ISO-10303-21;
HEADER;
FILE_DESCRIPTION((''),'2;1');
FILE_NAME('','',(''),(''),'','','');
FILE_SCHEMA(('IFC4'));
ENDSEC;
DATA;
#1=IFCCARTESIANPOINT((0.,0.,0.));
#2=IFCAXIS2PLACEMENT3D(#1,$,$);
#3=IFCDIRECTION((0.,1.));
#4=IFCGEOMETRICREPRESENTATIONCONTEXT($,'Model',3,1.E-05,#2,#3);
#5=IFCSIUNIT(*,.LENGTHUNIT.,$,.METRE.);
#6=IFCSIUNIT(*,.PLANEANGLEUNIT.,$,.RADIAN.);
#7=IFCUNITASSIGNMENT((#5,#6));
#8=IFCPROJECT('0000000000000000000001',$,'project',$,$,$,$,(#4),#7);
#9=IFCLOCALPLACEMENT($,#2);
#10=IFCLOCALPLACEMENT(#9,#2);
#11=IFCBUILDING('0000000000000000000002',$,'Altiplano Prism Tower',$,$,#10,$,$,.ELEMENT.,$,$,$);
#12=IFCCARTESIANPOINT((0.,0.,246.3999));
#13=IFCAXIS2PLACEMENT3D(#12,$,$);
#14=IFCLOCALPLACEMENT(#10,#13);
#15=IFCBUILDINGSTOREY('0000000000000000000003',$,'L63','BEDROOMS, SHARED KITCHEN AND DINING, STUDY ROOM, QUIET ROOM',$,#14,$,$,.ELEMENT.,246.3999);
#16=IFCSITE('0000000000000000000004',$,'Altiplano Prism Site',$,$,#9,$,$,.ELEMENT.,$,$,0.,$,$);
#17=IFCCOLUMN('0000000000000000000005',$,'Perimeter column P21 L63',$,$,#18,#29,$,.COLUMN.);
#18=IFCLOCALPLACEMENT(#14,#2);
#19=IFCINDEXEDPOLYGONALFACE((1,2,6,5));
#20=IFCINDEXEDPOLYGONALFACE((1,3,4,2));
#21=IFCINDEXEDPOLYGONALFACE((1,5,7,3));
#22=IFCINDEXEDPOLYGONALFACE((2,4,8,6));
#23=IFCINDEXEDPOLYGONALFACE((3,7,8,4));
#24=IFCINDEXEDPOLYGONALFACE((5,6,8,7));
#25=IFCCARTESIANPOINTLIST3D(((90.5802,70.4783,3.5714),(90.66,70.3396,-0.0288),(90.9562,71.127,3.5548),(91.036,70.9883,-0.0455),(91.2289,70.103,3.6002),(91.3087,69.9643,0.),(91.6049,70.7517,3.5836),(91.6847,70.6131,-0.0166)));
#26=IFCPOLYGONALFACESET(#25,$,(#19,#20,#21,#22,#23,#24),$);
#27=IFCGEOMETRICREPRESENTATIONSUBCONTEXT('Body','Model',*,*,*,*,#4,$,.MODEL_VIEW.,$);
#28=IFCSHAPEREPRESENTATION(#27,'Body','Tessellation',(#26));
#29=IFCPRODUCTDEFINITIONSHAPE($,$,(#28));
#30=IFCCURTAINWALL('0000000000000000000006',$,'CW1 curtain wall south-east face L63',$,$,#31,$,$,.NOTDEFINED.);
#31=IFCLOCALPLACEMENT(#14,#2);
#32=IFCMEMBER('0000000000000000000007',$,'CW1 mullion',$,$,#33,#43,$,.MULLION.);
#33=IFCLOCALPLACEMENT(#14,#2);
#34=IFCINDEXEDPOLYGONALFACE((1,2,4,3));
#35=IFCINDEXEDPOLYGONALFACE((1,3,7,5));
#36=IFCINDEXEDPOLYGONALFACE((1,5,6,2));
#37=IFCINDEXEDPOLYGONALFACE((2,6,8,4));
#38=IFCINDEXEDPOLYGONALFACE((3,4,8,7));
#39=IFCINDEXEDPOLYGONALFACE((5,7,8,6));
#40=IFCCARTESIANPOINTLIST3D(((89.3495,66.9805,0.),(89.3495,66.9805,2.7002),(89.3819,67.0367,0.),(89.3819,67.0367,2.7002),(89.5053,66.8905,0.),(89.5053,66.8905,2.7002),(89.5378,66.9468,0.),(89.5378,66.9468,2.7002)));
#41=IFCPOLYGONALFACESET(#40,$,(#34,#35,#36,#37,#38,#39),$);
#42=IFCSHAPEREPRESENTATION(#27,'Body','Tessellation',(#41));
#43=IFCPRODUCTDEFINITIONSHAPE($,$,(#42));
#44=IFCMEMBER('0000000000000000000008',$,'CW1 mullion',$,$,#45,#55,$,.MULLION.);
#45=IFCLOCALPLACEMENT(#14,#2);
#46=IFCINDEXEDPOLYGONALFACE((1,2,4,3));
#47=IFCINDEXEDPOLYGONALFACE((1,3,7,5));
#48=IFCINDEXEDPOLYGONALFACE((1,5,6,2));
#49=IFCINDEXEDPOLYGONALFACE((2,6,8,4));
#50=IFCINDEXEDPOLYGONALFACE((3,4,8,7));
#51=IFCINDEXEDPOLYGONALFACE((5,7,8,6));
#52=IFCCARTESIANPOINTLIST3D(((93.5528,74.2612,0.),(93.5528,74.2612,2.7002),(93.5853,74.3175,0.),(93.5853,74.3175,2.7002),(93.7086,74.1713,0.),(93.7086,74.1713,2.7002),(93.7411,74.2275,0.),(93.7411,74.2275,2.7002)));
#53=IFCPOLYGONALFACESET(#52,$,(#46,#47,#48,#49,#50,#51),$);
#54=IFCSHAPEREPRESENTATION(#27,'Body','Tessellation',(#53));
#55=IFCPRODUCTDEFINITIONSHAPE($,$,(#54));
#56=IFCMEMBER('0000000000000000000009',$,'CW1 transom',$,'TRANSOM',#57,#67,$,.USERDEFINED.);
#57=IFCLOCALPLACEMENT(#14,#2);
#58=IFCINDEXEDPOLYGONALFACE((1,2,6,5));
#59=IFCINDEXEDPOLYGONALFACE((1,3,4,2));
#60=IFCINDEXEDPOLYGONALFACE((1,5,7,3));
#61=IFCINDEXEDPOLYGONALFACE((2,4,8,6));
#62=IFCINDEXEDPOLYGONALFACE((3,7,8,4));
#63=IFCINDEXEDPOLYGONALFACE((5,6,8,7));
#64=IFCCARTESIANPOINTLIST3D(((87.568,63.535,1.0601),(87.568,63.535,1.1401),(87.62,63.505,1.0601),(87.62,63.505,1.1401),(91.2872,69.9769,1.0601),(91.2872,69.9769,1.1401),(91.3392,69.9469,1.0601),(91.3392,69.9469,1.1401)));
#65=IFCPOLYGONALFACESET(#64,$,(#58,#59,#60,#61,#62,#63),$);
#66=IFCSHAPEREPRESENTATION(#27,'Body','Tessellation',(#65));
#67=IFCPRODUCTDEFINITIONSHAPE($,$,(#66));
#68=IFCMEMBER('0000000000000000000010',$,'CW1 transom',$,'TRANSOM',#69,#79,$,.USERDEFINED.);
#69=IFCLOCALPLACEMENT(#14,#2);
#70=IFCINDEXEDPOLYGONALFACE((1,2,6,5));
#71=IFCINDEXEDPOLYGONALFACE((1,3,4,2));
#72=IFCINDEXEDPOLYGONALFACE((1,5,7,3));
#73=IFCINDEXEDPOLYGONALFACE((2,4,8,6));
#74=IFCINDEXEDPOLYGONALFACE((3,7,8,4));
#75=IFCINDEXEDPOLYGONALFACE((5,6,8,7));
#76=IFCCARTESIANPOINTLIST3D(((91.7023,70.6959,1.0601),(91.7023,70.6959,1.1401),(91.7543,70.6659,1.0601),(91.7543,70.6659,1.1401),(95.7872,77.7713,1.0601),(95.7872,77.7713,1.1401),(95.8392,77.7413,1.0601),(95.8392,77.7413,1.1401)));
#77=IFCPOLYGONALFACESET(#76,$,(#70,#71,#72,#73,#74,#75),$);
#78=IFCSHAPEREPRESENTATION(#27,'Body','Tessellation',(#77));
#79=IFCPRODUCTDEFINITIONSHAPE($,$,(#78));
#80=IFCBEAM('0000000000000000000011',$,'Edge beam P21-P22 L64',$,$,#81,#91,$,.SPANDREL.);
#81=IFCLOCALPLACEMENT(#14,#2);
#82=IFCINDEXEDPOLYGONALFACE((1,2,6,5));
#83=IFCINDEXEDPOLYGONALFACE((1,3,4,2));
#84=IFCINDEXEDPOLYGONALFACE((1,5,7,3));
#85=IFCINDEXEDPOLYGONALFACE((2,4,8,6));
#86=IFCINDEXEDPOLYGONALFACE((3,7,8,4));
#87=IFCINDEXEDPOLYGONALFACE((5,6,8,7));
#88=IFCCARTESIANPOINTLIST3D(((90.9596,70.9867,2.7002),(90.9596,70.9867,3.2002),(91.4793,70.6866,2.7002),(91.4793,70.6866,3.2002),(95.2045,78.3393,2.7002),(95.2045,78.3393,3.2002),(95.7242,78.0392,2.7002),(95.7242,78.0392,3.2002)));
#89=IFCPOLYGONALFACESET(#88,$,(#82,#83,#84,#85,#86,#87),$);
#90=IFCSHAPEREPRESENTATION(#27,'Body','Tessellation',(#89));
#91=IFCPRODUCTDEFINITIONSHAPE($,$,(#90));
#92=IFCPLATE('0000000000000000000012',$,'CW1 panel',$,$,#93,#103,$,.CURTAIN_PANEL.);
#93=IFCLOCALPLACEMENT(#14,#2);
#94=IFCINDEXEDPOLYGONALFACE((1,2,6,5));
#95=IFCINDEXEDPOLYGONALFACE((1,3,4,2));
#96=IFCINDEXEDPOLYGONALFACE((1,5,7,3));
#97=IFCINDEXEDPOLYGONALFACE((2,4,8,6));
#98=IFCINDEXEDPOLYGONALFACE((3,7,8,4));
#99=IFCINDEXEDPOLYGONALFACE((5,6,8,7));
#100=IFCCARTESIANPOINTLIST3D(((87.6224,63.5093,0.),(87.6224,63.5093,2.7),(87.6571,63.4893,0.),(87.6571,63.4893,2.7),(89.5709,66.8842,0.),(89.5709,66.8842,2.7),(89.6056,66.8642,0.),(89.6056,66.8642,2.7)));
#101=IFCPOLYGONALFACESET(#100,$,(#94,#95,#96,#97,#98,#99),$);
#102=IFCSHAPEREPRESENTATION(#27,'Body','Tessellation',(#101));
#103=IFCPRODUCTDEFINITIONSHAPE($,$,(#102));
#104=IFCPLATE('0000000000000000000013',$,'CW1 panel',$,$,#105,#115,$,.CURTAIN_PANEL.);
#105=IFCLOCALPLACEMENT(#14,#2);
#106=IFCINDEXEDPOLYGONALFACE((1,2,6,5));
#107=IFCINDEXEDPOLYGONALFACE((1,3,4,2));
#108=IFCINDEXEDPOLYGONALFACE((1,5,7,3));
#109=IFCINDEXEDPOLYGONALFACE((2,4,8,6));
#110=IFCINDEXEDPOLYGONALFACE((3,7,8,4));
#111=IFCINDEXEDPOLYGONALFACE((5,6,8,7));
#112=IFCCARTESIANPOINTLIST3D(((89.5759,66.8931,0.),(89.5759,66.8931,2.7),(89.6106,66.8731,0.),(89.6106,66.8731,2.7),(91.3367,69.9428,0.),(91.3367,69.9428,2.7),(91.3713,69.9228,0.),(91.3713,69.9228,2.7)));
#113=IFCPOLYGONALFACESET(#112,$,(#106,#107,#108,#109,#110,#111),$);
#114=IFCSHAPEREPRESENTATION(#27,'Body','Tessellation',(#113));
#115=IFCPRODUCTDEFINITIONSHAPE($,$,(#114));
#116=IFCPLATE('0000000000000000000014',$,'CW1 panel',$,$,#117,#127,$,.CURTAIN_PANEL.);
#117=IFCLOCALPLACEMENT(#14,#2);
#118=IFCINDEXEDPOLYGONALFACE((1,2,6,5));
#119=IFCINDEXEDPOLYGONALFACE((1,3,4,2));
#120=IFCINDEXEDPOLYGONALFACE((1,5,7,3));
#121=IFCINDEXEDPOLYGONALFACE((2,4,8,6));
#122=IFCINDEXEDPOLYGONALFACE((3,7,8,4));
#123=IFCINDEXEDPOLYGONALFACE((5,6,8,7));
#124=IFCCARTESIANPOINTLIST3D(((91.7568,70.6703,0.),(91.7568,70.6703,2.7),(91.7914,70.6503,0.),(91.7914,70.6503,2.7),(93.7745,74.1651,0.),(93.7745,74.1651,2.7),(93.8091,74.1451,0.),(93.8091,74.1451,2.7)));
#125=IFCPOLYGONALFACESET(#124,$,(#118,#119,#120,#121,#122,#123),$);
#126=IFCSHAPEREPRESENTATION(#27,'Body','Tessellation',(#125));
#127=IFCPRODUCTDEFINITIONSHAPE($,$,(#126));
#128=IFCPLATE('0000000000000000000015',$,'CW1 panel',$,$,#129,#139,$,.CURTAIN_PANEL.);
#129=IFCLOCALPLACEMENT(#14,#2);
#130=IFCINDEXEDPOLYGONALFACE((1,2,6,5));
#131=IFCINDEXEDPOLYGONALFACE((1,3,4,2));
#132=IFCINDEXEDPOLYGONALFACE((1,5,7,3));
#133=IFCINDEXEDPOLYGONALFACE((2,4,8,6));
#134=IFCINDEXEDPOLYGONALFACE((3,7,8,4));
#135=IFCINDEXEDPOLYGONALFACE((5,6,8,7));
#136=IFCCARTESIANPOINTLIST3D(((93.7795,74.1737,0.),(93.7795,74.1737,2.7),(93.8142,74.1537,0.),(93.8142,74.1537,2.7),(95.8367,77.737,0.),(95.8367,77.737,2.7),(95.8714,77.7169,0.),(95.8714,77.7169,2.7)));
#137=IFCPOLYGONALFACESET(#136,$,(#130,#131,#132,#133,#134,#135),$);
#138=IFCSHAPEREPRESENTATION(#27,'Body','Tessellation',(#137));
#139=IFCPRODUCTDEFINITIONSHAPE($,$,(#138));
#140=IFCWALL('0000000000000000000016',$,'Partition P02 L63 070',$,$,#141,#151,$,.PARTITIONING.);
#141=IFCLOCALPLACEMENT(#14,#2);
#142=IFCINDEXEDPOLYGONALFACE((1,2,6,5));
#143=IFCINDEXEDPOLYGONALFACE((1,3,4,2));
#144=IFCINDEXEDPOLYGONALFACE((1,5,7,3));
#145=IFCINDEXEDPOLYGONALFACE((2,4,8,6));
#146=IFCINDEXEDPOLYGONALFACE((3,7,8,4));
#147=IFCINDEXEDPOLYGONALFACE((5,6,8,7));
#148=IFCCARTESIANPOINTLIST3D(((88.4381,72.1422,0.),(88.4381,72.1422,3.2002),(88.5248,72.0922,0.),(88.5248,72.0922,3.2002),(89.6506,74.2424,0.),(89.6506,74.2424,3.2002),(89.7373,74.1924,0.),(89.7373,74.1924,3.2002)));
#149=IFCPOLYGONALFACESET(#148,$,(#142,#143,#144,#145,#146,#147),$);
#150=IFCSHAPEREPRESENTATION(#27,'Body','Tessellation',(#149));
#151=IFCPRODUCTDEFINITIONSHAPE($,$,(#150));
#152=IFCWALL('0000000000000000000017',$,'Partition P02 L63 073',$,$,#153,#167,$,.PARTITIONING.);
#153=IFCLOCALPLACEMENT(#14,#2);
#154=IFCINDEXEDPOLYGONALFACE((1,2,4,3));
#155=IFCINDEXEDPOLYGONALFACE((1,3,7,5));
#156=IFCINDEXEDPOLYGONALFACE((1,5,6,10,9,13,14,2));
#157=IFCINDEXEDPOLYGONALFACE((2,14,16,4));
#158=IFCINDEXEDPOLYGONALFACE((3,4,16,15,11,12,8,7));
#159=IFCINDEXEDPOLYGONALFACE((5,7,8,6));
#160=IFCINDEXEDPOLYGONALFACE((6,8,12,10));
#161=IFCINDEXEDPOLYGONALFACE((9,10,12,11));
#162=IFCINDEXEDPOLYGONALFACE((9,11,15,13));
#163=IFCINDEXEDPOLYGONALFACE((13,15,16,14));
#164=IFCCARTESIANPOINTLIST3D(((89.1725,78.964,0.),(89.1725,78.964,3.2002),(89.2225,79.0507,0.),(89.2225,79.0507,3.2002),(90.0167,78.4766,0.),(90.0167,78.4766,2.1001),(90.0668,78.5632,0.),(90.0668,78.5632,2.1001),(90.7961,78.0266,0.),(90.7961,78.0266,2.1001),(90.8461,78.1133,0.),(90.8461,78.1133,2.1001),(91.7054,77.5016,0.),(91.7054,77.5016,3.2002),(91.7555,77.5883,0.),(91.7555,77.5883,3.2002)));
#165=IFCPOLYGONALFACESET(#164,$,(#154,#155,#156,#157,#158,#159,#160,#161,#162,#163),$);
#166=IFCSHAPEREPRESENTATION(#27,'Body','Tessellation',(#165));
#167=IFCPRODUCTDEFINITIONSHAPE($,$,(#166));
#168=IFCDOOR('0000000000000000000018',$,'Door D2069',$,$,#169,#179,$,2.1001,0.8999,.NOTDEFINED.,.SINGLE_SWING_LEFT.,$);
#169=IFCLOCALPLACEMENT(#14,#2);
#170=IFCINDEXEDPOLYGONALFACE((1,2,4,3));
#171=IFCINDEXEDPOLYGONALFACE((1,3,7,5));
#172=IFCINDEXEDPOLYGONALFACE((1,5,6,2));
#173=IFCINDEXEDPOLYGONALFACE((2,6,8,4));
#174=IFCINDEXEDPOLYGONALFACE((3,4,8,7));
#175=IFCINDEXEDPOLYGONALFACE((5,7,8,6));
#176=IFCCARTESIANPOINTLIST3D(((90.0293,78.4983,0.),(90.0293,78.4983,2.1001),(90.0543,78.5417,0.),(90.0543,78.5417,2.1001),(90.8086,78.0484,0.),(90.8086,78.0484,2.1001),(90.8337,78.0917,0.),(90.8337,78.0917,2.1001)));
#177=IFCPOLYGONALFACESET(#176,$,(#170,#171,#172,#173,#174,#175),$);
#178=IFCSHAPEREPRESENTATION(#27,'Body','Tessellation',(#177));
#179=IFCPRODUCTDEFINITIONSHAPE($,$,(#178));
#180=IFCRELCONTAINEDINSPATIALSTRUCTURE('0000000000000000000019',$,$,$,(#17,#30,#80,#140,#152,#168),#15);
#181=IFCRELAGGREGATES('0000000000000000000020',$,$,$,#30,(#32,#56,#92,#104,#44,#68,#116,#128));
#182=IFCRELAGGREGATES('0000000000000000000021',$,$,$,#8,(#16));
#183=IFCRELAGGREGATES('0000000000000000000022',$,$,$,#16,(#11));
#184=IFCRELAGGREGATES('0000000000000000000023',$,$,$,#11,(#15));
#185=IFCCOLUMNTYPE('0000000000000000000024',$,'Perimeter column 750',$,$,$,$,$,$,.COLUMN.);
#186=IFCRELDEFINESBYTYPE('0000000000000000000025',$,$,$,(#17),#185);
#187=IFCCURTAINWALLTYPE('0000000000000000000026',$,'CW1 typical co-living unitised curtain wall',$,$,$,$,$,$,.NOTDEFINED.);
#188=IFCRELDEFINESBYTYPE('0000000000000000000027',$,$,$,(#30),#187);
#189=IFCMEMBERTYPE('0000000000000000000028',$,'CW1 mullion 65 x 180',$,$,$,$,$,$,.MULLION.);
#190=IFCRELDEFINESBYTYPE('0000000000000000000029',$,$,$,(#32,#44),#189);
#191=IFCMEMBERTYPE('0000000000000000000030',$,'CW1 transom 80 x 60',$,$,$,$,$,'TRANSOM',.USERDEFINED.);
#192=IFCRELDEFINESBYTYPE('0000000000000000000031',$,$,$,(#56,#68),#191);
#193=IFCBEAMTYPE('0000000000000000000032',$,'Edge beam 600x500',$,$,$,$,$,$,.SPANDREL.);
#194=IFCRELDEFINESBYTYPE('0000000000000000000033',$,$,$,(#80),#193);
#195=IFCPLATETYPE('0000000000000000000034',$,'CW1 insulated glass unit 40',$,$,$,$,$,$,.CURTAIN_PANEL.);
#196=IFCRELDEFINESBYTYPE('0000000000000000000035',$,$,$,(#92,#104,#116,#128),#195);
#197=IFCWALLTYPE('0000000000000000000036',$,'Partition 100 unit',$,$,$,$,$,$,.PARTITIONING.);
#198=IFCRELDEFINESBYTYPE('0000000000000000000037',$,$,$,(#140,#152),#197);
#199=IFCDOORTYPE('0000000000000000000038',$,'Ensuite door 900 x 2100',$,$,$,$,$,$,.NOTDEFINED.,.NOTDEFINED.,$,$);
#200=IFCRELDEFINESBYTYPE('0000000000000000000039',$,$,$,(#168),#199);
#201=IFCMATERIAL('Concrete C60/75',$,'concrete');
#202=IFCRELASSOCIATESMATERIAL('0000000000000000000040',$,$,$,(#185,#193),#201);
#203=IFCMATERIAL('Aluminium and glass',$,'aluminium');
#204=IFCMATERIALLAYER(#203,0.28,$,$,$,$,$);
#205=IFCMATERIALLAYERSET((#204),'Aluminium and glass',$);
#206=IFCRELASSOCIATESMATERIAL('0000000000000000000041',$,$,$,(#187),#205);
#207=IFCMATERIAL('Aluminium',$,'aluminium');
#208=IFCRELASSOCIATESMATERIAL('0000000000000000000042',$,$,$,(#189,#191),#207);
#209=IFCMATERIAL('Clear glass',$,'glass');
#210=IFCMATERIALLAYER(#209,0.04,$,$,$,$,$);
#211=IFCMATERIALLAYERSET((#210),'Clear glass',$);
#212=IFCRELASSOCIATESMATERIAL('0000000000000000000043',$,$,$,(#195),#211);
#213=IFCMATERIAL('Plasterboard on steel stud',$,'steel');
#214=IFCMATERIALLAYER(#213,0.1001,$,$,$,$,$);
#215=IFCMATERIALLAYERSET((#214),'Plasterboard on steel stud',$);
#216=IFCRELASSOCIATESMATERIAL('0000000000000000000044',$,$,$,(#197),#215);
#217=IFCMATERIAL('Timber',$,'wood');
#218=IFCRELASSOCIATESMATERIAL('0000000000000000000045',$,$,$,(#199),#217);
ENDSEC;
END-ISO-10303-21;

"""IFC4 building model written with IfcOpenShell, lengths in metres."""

from ifc_helpers import new_model, si_unit, direction, frame, frame_2d, origin, origin_2d, place, context, subcontext, project, spatial, rectangle, extrude, material, layer, layer_set, material_profile, profile_set, type_object, element, fill, aggregate, save


model = new_model("IFC4")

# Units and contexts
model_context = context("Model", 3, precision=1e-05, world=origin(), true_north=direction((0.0, 1.0)))
body_context = subcontext(model_context, "Body", "Model", "MODEL_VIEW")
ifc_project = project(units=[si_unit("LENGTHUNIT", "METRE"), si_unit("PLANEANGLEUNIT", "RADIAN")], contexts=[model_context])

# Site, building, storey
site_placement = place(None, origin())
site = spatial("IfcSite", under=ifc_project, at=site_placement, Name="Altiplano Prism Site", CompositionType="ELEMENT", RefElevation=0.0)
building_placement = place(site_placement, origin())
building = spatial("IfcBuilding", under=site, at=building_placement, Name="Altiplano Prism Tower", CompositionType="ELEMENT")
storey_placement = place(building_placement, frame((0.0, 0.0, 246.3999)))
storey = spatial("IfcBuildingStorey", under=building, at=storey_placement, Name="L63", Description="BEDROOMS, SHARED KITCHEN AND DINING, STUDY ROOM, QUIET ROOM", CompositionType="ELEMENT", Elevation=246.3999)

# Column
ifc_material_1 = material(Name="Concrete C60/75", Category="concrete")
ifc_material_profile_1 = material_profile(ifc_material_1, rectangle(XDim=0.75, YDim=0.75, at=origin_2d()), Name="Perimeter column 750")
ifc_profile_set_1 = profile_set([ifc_material_profile_1], Name="Concrete C60/75")
column_type = type_object("IfcColumnType", Name="Perimeter column 750", PredefinedType="COLUMN", material=ifc_profile_set_1)
column_placement = place(storey_placement, frame((91.1724, 70.4763, -0.0227), z_axis=(-0.022154, 0.038481, 0.999014), x_axis=(-0.501318, -0.864979, 0.022201)))
element("IfcColumn", 1, at=column_placement, inside=storey, type_object=column_type, Name="Perimeter column P21 L63", PredefinedType="COLUMN", context=body_context, shape_type="SweptSolid", body=[
    extrude(rectangle(XDim=0.75, YDim=0.75, at=origin_2d()), origin(), (0.0, 0.0, 1.0), 3.6038),
])

# Curtain wall, members
ifc_material_2 = material(Name="Aluminium and glass", Category="aluminium")
ifc_layer_1 = layer(ifc_material_2, 0.28)
ifc_layer_set_1 = layer_set([ifc_layer_1], Name="Aluminium and glass")
curtain_wall_type = type_object("IfcCurtainWallType", Name="CW1 typical co-living unitised curtain wall", PredefinedType="NOTDEFINED", material=ifc_layer_set_1)
curtain_wall_placement = place(storey_placement, origin())
curtain_wall = element("IfcCurtainWall", 2, at=curtain_wall_placement, inside=storey, type_object=curtain_wall_type, Name="CW1 curtain wall south-east face L63", PredefinedType="NOTDEFINED")
ifc_material_3 = material(Name="Aluminium", Category="aluminium")
ifc_material_profile_2 = material_profile(ifc_material_3, rectangle(XDim=0.1799, YDim=0.0649, at=origin_2d()), Name="CW1 mullion 65 x 180")
ifc_profile_set_2 = profile_set([ifc_material_profile_2], Name="Aluminium")
member_type_1 = type_object("IfcMemberType", Name="CW1 mullion 65 x 180", PredefinedType="MULLION", material=ifc_profile_set_2)
member_1_placement = place(storey_placement, frame((89.4436, 66.9636, 0.0), z_axis=(0.0, 0.0, 1.0), x_axis=(-0.866025, 0.5, 0.0)))
member_1 = element("IfcMember", 3, at=member_1_placement, type_object=member_type_1, Name="CW1 mullion", PredefinedType="MULLION", context=body_context, shape_type="SweptSolid", body=[
    extrude(rectangle(XDim=0.1799, YDim=0.0649, at=origin_2d()), origin(), (0.0, 0.0, 1.0), 2.7002),
])
member_2_placement = place(storey_placement, frame((93.647, 74.2444, 0.0), z_axis=(0.0, 0.0, 1.0), x_axis=(-0.866025, 0.5, 0.0)))
member_2 = element("IfcMember", 4, at=member_2_placement, type_object=member_type_1, Name="CW1 mullion", PredefinedType="MULLION", context=body_context, shape_type="SweptSolid", body=[
    extrude(rectangle(XDim=0.1799, YDim=0.0649, at=origin_2d()), origin(), (0.0, 0.0, 1.0), 2.7002),
])
ifc_material_profile_3 = material_profile(ifc_material_3, rectangle(XDim=0.0601, YDim=0.0801, at=origin_2d()), Name="CW1 transom 80 x 60")
ifc_profile_set_3 = profile_set([ifc_material_profile_3], Name="Aluminium")
member_type_2 = type_object("IfcMemberType", Name="CW1 transom 80 x 60", ElementType="TRANSOM", PredefinedType="USERDEFINED", material=ifc_profile_set_3)
member_3_placement = place(storey_placement, frame((87.594, 63.52, 1.1001), z_axis=(0.500001, 0.866025, 0.0), x_axis=(-0.866025, 0.500001, 0.0)))
member_3 = element("IfcMember", 5, at=member_3_placement, type_object=member_type_2, Name="CW1 transom", ObjectType="TRANSOM", PredefinedType="USERDEFINED", context=body_context, shape_type="SweptSolid", body=[
    extrude(rectangle(XDim=0.0601, YDim=0.0801, at=origin_2d()), origin(), (0.0, 0.0, 1.0), 7.4385),
])
member_4_placement = place(storey_placement, frame((91.7283, 70.6809, 1.1001), z_axis=(0.499996, 0.866028, 0.0), x_axis=(-0.866028, 0.499996, 0.0)))
member_4 = element("IfcMember", 6, at=member_4_placement, type_object=member_type_2, Name="CW1 transom", ObjectType="TRANSOM", PredefinedType="USERDEFINED", context=body_context, shape_type="SweptSolid", body=[
    extrude(rectangle(XDim=0.0601, YDim=0.0801, at=origin_2d()), origin(), (0.0, 0.0, 1.0), 8.1699),
])

# Beam
ifc_material_profile_4 = material_profile(ifc_material_1, rectangle(XDim=0.6001, YDim=0.5, at=origin_2d()), Name="Edge beam 600x500")
ifc_profile_set_4 = profile_set([ifc_material_profile_4], Name="Concrete C60/75")
beam_type = type_object("IfcBeamType", Name="Edge beam 600x500", PredefinedType="SPANDREL", material=ifc_profile_set_4)
beam_placement = place(storey_placement, frame((91.2195, 70.8367, 2.9502), z_axis=(0.49999, 0.866031, 0.0), x_axis=(-0.866031, 0.49999, 0.0)))
element("IfcBeam", 7, at=beam_placement, inside=storey, type_object=beam_type, Name="Edge beam P21-P22 L64", PredefinedType="SPANDREL", context=body_context, shape_type="SweptSolid", body=[
    extrude(rectangle(XDim=0.6001, YDim=0.5, at=origin_2d()), origin(), (0.0, 0.0, 1.0), 8.49),
])

# Plates
ifc_material_4 = material(Name="Clear glass", Category="glass")
ifc_layer_2 = layer(ifc_material_4, 0.04)
ifc_layer_set_2 = layer_set([ifc_layer_2], Name="Clear glass")
plate_type = type_object("IfcPlateType", Name="CW1 insulated glass unit 40", PredefinedType="CURTAIN_PANEL", material=ifc_layer_set_2)
plate_1_placement = place(storey_placement, frame((88.614, 65.1868, 0.0), z_axis=(0.0, 0.0, 1.0), x_axis=(0.5, 0.866025, 0.0)))
plate_1 = element("IfcPlate", 8, at=plate_1_placement, type_object=plate_type, Name="CW1 panel", PredefinedType="CURTAIN_PANEL", context=body_context, shape_type="SweptSolid", body=[
    extrude(rectangle(XDim=3.897, YDim=0.04, at=origin_2d()), origin(), (0.0, 0.0, 1.0), 2.7),
])
plate_2_placement = place(storey_placement, frame((90.4736, 68.408, 0.0), z_axis=(0.0, 0.0, 1.0), x_axis=(0.5, 0.866025, 0.0)))
plate_2 = element("IfcPlate", 9, at=plate_2_placement, type_object=plate_type, Name="CW1 panel", PredefinedType="CURTAIN_PANEL", context=body_context, shape_type="SweptSolid", body=[
    extrude(rectangle(XDim=3.5215, YDim=0.04, at=origin_2d()), origin(), (0.0, 0.0, 1.0), 2.7),
])
plate_3_placement = place(storey_placement, frame((92.783, 72.4077, 0.0), z_axis=(0.0, 0.0, 1.0), x_axis=(0.5, 0.866025, 0.0)))
plate_3 = element("IfcPlate", 10, at=plate_3_placement, type_object=plate_type, Name="CW1 panel", PredefinedType="CURTAIN_PANEL", context=body_context, shape_type="SweptSolid", body=[
    extrude(rectangle(XDim=4.0354, YDim=0.04, at=origin_2d()), origin(), (0.0, 0.0, 1.0), 2.7),
])
plate_4_placement = place(storey_placement, frame((94.8254, 75.9453, 0.0), z_axis=(0.0, 0.0, 1.0), x_axis=(0.5, 0.866025, 0.0)))
plate_4 = element("IfcPlate", 11, at=plate_4_placement, type_object=plate_type, Name="CW1 panel", PredefinedType="CURTAIN_PANEL", context=body_context, shape_type="SweptSolid", body=[
    extrude(rectangle(XDim=4.1145, YDim=0.04, at=origin_2d()), origin(), (0.0, 0.0, 1.0), 2.7),
])
aggregate(curtain_wall, [member_1, member_3, plate_1, plate_2, member_2, member_4, plate_3, plate_4])

# Wall
ifc_material_5 = material(Name="Plasterboard on steel stud", Category="steel")
ifc_layer_3 = layer(ifc_material_5, 0.1001)
ifc_layer_set_3 = layer_set([ifc_layer_3], Name="Plasterboard on steel stud")
wall_type_1 = type_object("IfcWallType", Name="Partition 100 unit", PredefinedType="PARTITIONING", material=ifc_layer_set_3)
wall_1_placement = place(storey_placement, frame((89.6938, 74.2173, 0.0), z_axis=(0.0, 0.0, 1.0), x_axis=(-0.499972, -0.866041, 0.0)))
element("IfcWall", 12, at=wall_1_placement, inside=storey, type_object=wall_type_1, Name="Partition P02 L63 070", PredefinedType="PARTITIONING", context=body_context, shape_type="SweptSolid", body=[
    extrude(rectangle(XDim=2.425, YDim=0.1001, at=frame_2d((1.2124, 0.0))), origin(), (0.0, 0.0, 1.0), 3.2002),
])

# Wall, opening, door
wall_2_placement = place(storey_placement, frame((91.7305, 77.5449, 0.0), z_axis=(0.0, 0.0, 1.0), x_axis=(-0.866026, 0.499999, 0.0)))
wall_2 = element("IfcWall", 13, at=wall_2_placement, inside=storey, type_object=wall_type_1, Name="Partition P02 L63 073", PredefinedType="PARTITIONING", context=body_context, shape_type="SweptSolid", body=[
    extrude(rectangle(XDim=2.9248, YDim=0.1001, at=frame_2d((1.4624, 0.0))), origin(), (0.0, 0.0, 1.0), 3.2002),
])
opening_placement = place(wall_2_placement, frame((1.05, 0.0, 0.0)))
opening = element("IfcOpeningElement", 14, at=opening_placement, cuts=wall_2, PredefinedType="OPENING", context=body_context, shape_type="SweptSolid", body=[
    extrude(rectangle(XDim=0.8999, YDim=2.1001, at=frame_2d((0.45, 1.05))), frame((0.0, 0.0605, 0.0), z_axis=(0.0, -1.0, 0.0), x_axis=(1.0, 0.0, 0.0)), (0.0, 0.0, 1.0), 0.1211),
])
ifc_material_6 = material(Name="Timber", Category="wood")
door_type = type_object("IfcDoorType", Name="Ensuite door 900 x 2100", OperationType="NOTDEFINED", PredefinedType="NOTDEFINED", material=ifc_material_6)
door_placement = place(opening_placement, origin())
door = element("IfcDoor", 15, at=door_placement, inside=storey, type_object=door_type, Name="Door D2069", OperationType="SINGLE_SWING_LEFT", OverallHeight=2.1001, OverallWidth=0.8999, PredefinedType="NOTDEFINED", context=body_context, shape_type="SweptSolid", body=[
    extrude(rectangle(XDim=0.8999, YDim=2.1001, at=frame_2d((0.45, 1.05))), frame((0.0, 0.0249, 0.0), z_axis=(0.0, -1.0, 0.0), x_axis=(1.0, 0.0, 0.0)), (0.0, 0.0, 1.0), 0.05),
])
fill(opening, door)

save(model, "model.ifc")
